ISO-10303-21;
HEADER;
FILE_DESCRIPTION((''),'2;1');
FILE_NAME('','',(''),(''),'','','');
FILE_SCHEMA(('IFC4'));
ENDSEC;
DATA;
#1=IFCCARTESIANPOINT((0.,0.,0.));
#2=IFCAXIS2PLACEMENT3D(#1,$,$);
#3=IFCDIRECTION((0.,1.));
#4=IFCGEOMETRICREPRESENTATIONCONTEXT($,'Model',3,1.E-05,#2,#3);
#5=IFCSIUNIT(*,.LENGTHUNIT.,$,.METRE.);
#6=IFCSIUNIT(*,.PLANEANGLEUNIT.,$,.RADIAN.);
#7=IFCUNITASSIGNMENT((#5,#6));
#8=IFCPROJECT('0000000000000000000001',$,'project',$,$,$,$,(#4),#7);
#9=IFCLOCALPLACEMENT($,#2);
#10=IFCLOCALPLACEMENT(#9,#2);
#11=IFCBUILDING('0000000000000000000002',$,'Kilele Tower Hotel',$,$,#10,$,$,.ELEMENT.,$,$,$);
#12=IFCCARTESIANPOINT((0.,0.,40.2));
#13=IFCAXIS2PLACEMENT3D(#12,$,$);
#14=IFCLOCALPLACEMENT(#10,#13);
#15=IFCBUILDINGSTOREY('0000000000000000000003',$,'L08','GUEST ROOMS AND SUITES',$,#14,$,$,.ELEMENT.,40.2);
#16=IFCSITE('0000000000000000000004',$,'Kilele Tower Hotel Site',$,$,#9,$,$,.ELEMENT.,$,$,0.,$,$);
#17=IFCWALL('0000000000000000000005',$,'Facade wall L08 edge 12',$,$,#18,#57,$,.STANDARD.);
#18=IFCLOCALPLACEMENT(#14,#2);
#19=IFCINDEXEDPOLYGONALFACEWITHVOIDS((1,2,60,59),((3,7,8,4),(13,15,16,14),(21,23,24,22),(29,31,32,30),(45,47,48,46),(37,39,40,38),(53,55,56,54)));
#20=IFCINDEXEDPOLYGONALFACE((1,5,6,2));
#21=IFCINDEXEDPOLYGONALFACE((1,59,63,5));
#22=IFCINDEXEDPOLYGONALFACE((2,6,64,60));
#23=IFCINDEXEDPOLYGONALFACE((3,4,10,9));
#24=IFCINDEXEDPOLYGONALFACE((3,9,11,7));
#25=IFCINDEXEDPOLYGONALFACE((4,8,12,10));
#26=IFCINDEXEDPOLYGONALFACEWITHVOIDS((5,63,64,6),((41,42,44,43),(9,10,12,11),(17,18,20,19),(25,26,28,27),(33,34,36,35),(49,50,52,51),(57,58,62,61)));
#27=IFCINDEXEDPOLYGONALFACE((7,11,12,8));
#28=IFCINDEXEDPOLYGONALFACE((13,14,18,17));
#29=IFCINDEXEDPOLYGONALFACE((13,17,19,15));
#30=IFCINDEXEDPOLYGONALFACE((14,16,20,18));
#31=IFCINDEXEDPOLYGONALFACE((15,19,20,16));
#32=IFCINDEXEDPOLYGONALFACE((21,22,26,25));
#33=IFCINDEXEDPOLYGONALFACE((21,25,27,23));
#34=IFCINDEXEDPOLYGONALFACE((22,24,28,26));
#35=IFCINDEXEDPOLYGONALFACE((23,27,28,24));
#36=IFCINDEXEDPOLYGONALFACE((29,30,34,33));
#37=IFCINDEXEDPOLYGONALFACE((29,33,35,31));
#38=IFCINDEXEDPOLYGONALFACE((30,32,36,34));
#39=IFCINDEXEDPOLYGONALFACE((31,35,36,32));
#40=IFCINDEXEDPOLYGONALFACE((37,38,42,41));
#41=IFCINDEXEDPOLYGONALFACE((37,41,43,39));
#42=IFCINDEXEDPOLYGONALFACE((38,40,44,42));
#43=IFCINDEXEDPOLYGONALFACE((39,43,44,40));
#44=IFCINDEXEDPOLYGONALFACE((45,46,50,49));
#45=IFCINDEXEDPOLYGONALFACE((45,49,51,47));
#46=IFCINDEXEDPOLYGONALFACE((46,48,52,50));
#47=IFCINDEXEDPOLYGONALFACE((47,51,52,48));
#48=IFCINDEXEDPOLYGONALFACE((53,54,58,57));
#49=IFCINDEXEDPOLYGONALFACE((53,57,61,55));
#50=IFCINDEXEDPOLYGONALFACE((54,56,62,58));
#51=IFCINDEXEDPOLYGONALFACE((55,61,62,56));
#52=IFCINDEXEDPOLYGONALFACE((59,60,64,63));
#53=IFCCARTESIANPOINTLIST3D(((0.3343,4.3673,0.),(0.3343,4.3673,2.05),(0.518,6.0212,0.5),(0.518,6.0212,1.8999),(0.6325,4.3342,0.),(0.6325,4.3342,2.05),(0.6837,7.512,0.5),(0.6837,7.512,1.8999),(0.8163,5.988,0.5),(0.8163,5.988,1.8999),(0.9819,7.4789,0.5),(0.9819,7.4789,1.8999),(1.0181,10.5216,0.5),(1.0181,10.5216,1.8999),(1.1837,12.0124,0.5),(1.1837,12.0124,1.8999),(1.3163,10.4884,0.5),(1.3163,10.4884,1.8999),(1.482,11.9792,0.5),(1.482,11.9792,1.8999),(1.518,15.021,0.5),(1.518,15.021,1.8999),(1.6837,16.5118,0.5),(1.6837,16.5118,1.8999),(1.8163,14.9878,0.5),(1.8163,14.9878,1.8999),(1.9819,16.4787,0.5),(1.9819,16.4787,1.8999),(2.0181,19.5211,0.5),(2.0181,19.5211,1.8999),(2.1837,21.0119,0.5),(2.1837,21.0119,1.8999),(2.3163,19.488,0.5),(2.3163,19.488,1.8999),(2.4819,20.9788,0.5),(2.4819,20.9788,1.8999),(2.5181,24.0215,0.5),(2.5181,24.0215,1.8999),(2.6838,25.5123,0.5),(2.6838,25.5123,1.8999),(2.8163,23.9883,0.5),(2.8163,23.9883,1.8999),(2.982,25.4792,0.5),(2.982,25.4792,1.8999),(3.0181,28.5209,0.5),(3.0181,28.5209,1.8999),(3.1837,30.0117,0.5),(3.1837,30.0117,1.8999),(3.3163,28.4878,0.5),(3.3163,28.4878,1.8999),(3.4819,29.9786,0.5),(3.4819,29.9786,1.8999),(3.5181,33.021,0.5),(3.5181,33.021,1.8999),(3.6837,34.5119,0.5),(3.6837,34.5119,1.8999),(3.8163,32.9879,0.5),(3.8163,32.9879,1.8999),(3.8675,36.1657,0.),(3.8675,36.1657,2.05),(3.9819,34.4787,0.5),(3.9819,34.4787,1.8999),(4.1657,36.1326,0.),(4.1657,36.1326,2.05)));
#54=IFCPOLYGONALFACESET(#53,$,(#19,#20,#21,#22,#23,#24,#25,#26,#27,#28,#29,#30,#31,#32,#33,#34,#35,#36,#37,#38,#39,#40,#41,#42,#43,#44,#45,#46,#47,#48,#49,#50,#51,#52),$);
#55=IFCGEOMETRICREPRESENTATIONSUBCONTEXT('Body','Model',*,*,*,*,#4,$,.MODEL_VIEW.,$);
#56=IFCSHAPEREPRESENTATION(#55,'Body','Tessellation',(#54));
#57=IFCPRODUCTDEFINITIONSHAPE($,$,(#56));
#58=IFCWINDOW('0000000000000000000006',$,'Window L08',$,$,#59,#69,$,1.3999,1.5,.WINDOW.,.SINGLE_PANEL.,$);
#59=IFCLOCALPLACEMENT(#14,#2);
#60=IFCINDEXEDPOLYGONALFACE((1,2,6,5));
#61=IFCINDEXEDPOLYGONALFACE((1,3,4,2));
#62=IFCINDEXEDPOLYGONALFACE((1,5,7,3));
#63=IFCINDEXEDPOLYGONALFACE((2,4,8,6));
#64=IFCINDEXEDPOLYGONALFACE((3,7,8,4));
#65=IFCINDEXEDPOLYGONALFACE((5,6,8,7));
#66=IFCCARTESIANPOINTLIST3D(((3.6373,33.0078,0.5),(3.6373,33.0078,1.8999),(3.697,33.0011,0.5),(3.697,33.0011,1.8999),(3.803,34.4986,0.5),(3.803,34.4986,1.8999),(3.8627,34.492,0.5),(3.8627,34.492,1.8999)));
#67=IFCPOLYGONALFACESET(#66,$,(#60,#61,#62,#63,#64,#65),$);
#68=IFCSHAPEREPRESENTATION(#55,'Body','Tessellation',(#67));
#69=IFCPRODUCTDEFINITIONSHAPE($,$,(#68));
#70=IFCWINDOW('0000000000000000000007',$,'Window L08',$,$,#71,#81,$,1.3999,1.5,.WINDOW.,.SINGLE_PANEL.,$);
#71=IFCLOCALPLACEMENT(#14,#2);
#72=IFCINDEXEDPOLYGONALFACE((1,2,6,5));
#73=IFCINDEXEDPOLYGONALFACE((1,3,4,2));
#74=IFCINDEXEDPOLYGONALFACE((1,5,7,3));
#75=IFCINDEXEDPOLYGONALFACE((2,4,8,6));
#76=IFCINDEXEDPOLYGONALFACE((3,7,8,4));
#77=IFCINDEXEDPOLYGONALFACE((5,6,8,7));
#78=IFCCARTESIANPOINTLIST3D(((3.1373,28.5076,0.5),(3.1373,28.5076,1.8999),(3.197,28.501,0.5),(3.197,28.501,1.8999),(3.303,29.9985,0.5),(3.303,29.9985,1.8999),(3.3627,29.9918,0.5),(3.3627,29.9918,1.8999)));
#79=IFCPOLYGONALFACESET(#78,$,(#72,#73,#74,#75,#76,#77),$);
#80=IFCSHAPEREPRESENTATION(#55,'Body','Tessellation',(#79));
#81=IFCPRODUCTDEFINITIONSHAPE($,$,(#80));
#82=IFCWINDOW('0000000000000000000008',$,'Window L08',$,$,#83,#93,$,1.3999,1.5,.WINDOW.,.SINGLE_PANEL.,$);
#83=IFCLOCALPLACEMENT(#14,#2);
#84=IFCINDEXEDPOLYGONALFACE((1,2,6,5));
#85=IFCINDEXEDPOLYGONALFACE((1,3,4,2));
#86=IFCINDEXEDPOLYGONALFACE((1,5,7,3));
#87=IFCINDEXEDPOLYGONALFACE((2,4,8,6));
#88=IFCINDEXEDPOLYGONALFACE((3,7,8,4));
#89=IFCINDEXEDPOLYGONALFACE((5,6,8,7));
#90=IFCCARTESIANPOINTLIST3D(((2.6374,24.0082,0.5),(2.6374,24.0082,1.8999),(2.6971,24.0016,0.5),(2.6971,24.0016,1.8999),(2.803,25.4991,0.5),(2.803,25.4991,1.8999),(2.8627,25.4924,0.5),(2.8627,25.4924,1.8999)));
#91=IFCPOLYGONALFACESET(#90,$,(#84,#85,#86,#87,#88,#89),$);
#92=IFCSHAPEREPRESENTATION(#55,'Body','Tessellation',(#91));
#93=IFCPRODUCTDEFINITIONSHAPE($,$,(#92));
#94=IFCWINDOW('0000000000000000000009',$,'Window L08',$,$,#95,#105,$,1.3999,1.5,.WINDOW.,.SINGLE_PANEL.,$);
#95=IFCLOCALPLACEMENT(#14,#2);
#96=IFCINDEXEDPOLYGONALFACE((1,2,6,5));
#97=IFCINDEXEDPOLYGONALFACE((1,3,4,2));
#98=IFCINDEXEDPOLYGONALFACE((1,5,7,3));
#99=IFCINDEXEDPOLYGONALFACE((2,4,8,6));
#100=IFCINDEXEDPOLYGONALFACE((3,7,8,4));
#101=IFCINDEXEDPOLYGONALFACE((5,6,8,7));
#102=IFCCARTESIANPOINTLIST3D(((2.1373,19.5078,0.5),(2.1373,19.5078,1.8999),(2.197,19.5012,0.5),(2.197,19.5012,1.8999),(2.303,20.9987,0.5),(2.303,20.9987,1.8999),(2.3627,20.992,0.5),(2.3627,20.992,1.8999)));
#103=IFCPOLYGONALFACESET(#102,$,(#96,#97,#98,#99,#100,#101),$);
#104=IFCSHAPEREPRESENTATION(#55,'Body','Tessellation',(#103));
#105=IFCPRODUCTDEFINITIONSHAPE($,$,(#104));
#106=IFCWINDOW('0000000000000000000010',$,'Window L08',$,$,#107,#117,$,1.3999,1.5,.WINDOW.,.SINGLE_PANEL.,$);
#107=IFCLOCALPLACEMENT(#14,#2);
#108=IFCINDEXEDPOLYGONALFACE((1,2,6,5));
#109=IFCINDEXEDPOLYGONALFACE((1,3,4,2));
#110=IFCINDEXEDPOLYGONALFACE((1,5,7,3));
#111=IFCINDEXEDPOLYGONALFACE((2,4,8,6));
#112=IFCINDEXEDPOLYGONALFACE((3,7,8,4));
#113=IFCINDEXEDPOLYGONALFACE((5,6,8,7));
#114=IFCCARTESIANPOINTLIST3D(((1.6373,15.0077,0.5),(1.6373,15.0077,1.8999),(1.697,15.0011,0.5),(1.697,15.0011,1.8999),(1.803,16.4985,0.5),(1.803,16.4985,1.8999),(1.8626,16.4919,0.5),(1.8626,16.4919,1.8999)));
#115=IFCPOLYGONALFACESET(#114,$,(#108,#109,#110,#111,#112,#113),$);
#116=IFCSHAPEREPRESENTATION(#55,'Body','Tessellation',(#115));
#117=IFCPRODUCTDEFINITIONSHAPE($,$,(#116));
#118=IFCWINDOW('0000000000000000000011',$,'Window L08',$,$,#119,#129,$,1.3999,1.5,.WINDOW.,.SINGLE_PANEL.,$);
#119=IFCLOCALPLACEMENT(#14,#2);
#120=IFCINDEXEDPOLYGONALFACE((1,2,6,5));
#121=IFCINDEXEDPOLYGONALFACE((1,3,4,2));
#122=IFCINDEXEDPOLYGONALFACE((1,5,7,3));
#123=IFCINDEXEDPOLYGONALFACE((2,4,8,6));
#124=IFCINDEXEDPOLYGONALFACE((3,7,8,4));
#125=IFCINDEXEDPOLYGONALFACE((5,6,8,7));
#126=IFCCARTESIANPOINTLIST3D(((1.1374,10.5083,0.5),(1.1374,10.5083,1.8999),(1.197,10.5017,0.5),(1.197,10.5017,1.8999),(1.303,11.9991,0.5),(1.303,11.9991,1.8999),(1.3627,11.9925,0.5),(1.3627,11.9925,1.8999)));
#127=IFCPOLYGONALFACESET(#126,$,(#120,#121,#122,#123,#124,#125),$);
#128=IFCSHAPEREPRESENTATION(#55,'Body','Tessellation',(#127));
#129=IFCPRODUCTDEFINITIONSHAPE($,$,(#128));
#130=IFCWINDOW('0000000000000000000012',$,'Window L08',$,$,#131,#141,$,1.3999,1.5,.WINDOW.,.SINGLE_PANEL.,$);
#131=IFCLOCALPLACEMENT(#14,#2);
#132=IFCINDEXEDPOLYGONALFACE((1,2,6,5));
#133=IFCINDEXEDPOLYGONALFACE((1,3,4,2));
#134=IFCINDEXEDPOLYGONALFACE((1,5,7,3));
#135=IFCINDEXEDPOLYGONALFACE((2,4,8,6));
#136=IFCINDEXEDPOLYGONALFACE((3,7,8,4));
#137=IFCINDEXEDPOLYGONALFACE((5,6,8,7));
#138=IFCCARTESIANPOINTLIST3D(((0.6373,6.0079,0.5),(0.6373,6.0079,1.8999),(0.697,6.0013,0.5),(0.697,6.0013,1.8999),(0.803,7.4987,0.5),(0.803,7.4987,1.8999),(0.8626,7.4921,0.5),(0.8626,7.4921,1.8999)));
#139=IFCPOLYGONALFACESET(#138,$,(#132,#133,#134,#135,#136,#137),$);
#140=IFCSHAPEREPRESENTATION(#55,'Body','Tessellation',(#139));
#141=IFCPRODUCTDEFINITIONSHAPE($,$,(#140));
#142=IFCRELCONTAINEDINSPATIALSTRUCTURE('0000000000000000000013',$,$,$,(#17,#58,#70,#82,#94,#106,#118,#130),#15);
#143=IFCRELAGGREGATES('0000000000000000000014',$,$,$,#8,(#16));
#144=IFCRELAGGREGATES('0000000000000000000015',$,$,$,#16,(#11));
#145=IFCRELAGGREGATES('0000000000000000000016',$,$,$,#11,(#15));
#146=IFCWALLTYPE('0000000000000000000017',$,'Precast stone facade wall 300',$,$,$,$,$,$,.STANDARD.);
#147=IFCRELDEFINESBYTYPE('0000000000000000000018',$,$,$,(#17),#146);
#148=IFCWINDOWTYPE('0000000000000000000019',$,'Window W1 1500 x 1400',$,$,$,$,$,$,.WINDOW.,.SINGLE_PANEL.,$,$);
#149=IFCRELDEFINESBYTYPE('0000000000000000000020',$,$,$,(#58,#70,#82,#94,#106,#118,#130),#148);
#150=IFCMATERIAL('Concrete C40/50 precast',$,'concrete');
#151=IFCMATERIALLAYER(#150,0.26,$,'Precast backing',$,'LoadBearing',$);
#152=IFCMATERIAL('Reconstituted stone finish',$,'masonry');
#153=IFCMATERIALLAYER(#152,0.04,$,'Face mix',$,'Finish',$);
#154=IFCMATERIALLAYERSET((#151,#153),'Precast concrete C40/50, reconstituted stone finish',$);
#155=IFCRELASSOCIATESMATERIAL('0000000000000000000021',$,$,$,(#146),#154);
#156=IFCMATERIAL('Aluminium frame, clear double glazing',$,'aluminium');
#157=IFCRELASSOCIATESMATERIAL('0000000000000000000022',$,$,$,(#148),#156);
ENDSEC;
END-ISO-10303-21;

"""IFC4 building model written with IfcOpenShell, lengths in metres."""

from ifc_helpers import new_model, si_unit, direction, frame, frame_2d, origin, place, context, subcontext, project, spatial, rectangle, extrude, material, layer, layer_set, type_object, element, fill, save


model = new_model("IFC4")

# Units and contexts
model_context = context("Model", 3, precision=1e-05, world=origin(), true_north=direction((0.0, 1.0)))
body_context = subcontext(model_context, "Body", "Model", "MODEL_VIEW")
ifc_project = project(units=[si_unit("LENGTHUNIT", "METRE"), si_unit("PLANEANGLEUNIT", "RADIAN")], contexts=[model_context])

# Site, building, storey
site_placement = place(None, origin())
site = spatial("IfcSite", under=ifc_project, at=site_placement, Name="Kilele Tower Hotel Site", CompositionType="ELEMENT", RefElevation=0.0)
building_placement = place(site_placement, origin())
building = spatial("IfcBuilding", under=site, at=building_placement, Name="Kilele Tower Hotel", CompositionType="ELEMENT")
storey_placement = place(building_placement, frame((0.0, 0.0, 40.2)))
storey = spatial("IfcBuildingStorey", under=building, at=storey_placement, Name="L08", Description="GUEST ROOMS AND SUITES", CompositionType="ELEMENT", Elevation=40.2)

# Shared definitions
ifc_material_1 = material(Name="Concrete C40/50 precast", Category="concrete")
ifc_layer_1 = layer(ifc_material_1, 0.26, Name="Precast backing", Category="LoadBearing")
ifc_material_2 = material(Name="Reconstituted stone finish", Category="masonry")
ifc_layer_2 = layer(ifc_material_2, 0.04, Name="Face mix", Category="Finish")
ifc_layer_set_1 = layer_set([ifc_layer_1, ifc_layer_2], Name="Precast concrete C40/50, reconstituted stone finish")
wall_type_1 = type_object("IfcWallType", Name="Precast stone facade wall 300", PredefinedType="STANDARD", material=ifc_layer_set_1)
ifc_material_3 = material(Name="Aluminium frame, clear double glazing", Category="aluminium")
window_type_1 = type_object("IfcWindowType", Name="Window W1 1500 x 1400", PartitioningType="SINGLE_PANEL", PredefinedType="WINDOW", material=ifc_material_3)

# Wall, openings, windows
wall_1_placement = place(storey_placement, frame((4.0166, 36.1492, 0.0), z_axis=(0.0, 0.0, 1.0), x_axis=(-0.110433, -0.993884, 0.0)))
wall_1 = element("IfcWall", 1, at=wall_1_placement, inside=storey, type_object=wall_type_1, Name="Facade wall L08 edge 12", PredefinedType="STANDARD", context=body_context, shape_type="SweptSolid", body=[
    extrude(rectangle(XDim=31.9941, YDim=0.3, at=frame_2d((15.9971, 0.0))), origin(), (0.0, 0.0, 1.0), 2.05),
])
opening_1_placement = place(wall_1_placement, frame((1.6641, 0.0, 0.5)))
opening_1 = element("IfcOpeningElement", 2, at=opening_1_placement, cuts=wall_1, PredefinedType="OPENING", context=body_context, shape_type="SweptSolid", body=[
    extrude(rectangle(XDim=1.5, YDim=1.3999, at=frame_2d((0.75, 0.7))), frame((0.0, 0.1599, 0.0), z_axis=(0.0, -1.0, 0.0), x_axis=(1.0, 0.0, 0.0)), (0.0, 0.0, 1.0), 0.3201),
])
opening_2_placement = place(wall_1_placement, frame((6.1919, 0.0, 0.5)))
opening_2 = element("IfcOpeningElement", 3, at=opening_2_placement, cuts=wall_1, PredefinedType="OPENING", context=body_context, shape_type="SweptSolid", body=[
    extrude(rectangle(XDim=1.5, YDim=1.3999, at=frame_2d((0.75, 0.7))), frame((0.0, 0.1599, 0.0), z_axis=(0.0, -1.0, 0.0), x_axis=(1.0, 0.0, 0.0)), (0.0, 0.0, 1.0), 0.3201),
])
opening_3_placement = place(wall_1_placement, frame((10.719, 0.0, 0.5)))
opening_3 = element("IfcOpeningElement", 4, at=opening_3_placement, cuts=wall_1, PredefinedType="OPENING", context=body_context, shape_type="SweptSolid", body=[
    extrude(rectangle(XDim=1.5, YDim=1.3999, at=frame_2d((0.75, 0.7))), frame((0.0, 0.1599, 0.0), z_axis=(0.0, -1.0, 0.0), x_axis=(1.0, 0.0, 0.0)), (0.0, 0.0, 1.0), 0.3201),
])
opening_4_placement = place(wall_1_placement, frame((15.2471, 0.0, 0.5)))
opening_4 = element("IfcOpeningElement", 5, at=opening_4_placement, cuts=wall_1, PredefinedType="OPENING", context=body_context, shape_type="SweptSolid", body=[
    extrude(rectangle(XDim=1.5, YDim=1.3999, at=frame_2d((0.75, 0.7))), frame((0.0, 0.1599, 0.0), z_axis=(0.0, -1.0, 0.0), x_axis=(1.0, 0.0, 0.0)), (0.0, 0.0, 1.0), 0.3201),
])
opening_5_placement = place(wall_1_placement, frame((19.7749, 0.0, 0.5)))
opening_5 = element("IfcOpeningElement", 6, at=opening_5_placement, cuts=wall_1, PredefinedType="OPENING", context=body_context, shape_type="SweptSolid", body=[
    extrude(rectangle(XDim=1.5, YDim=1.3999, at=frame_2d((0.75, 0.7))), frame((0.0, 0.1599, 0.0), z_axis=(0.0, -1.0, 0.0), x_axis=(1.0, 0.0, 0.0)), (0.0, 0.0, 1.0), 0.3201),
])
opening_6_placement = place(wall_1_placement, frame((24.302, 0.0, 0.5)))
opening_6 = element("IfcOpeningElement", 7, at=opening_6_placement, cuts=wall_1, PredefinedType="OPENING", context=body_context, shape_type="SweptSolid", body=[
    extrude(rectangle(XDim=1.5, YDim=1.3999, at=frame_2d((0.75, 0.7))), frame((0.0, 0.1599, 0.0), z_axis=(0.0, -1.0, 0.0), x_axis=(1.0, 0.0, 0.0)), (0.0, 0.0, 1.0), 0.3201),
])
opening_7_placement = place(wall_1_placement, frame((28.8301, 0.0, 0.5)))
opening_7 = element("IfcOpeningElement", 8, at=opening_7_placement, cuts=wall_1, PredefinedType="OPENING", context=body_context, shape_type="SweptSolid", body=[
    extrude(rectangle(XDim=1.5, YDim=1.3999, at=frame_2d((0.75, 0.7))), frame((0.0, 0.1599, 0.0), z_axis=(0.0, -1.0, 0.0), x_axis=(1.0, 0.0, 0.0)), (0.0, 0.0, 1.0), 0.3201),
])
window_1_placement = place(opening_1_placement, origin())
window_1 = element("IfcWindow", 9, at=window_1_placement, inside=storey, type_object=window_type_1, Name="Window L08", OverallHeight=1.3999, OverallWidth=1.5, PartitioningType="SINGLE_PANEL", PredefinedType="WINDOW", context=body_context, shape_type="SweptSolid", body=[
    extrude(rectangle(XDim=1.5, YDim=1.3999, at=frame_2d((0.75, 0.7))), frame((0.0, 0.03, 0.0), z_axis=(0.0, -1.0, 0.0), x_axis=(1.0, 0.0, 0.0)), (0.0, 0.0, 1.0), 0.0601),
])
fill(opening_1, window_1)
window_2_placement = place(opening_2_placement, origin())
window_2 = element("IfcWindow", 10, at=window_2_placement, inside=storey, type_object=window_type_1, Name="Window L08", OverallHeight=1.3999, OverallWidth=1.5, PartitioningType="SINGLE_PANEL", PredefinedType="WINDOW", context=body_context, shape_type="SweptSolid", body=[
    extrude(rectangle(XDim=1.5, YDim=1.3999, at=frame_2d((0.75, 0.7))), frame((0.0, 0.03, 0.0), z_axis=(0.0, -1.0, 0.0), x_axis=(1.0, 0.0, 0.0)), (0.0, 0.0, 1.0), 0.0601),
])
fill(opening_2, window_2)
window_3_placement = place(opening_3_placement, origin())
window_3 = element("IfcWindow", 11, at=window_3_placement, inside=storey, type_object=window_type_1, Name="Window L08", OverallHeight=1.3999, OverallWidth=1.5, PartitioningType="SINGLE_PANEL", PredefinedType="WINDOW", context=body_context, shape_type="SweptSolid", body=[
    extrude(rectangle(XDim=1.5, YDim=1.3999, at=frame_2d((0.75, 0.7))), frame((0.0, 0.03, 0.0), z_axis=(0.0, -1.0, 0.0), x_axis=(1.0, 0.0, 0.0)), (0.0, 0.0, 1.0), 0.0601),
])
fill(opening_3, window_3)
window_4_placement = place(opening_4_placement, origin())
window_4 = element("IfcWindow", 12, at=window_4_placement, inside=storey, type_object=window_type_1, Name="Window L08", OverallHeight=1.3999, OverallWidth=1.5, PartitioningType="SINGLE_PANEL", PredefinedType="WINDOW", context=body_context, shape_type="SweptSolid", body=[
    extrude(rectangle(XDim=1.5, YDim=1.3999, at=frame_2d((0.75, 0.7))), frame((0.0, 0.03, 0.0), z_axis=(0.0, -1.0, 0.0), x_axis=(1.0, 0.0, 0.0)), (0.0, 0.0, 1.0), 0.0601),
])
fill(opening_4, window_4)
window_5_placement = place(opening_5_placement, origin())
window_5 = element("IfcWindow", 13, at=window_5_placement, inside=storey, type_object=window_type_1, Name="Window L08", OverallHeight=1.3999, OverallWidth=1.5, PartitioningType="SINGLE_PANEL", PredefinedType="WINDOW", context=body_context, shape_type="SweptSolid", body=[
    extrude(rectangle(XDim=1.5, YDim=1.3999, at=frame_2d((0.75, 0.7))), frame((0.0, 0.03, 0.0), z_axis=(0.0, -1.0, 0.0), x_axis=(1.0, 0.0, 0.0)), (0.0, 0.0, 1.0), 0.0601),
])
fill(opening_5, window_5)
window_6_placement = place(opening_6_placement, origin())
window_6 = element("IfcWindow", 14, at=window_6_placement, inside=storey, type_object=window_type_1, Name="Window L08", OverallHeight=1.3999, OverallWidth=1.5, PartitioningType="SINGLE_PANEL", PredefinedType="WINDOW", context=body_context, shape_type="SweptSolid", body=[
    extrude(rectangle(XDim=1.5, YDim=1.3999, at=frame_2d((0.75, 0.7))), frame((0.0, 0.03, 0.0), z_axis=(0.0, -1.0, 0.0), x_axis=(1.0, 0.0, 0.0)), (0.0, 0.0, 1.0), 0.0601),
])
fill(opening_6, window_6)
window_7_placement = place(opening_7_placement, origin())
window_7 = element("IfcWindow", 15, at=window_7_placement, inside=storey, type_object=window_type_1, Name="Window L08", OverallHeight=1.3999, OverallWidth=1.5, PartitioningType="SINGLE_PANEL", PredefinedType="WINDOW", context=body_context, shape_type="SweptSolid", body=[
    extrude(rectangle(XDim=1.5, YDim=1.3999, at=frame_2d((0.75, 0.7))), frame((0.0, 0.03, 0.0), z_axis=(0.0, -1.0, 0.0), x_axis=(1.0, 0.0, 0.0)), (0.0, 0.0, 1.0), 0.0601),
])
fill(opening_7, window_7)

save(model, "model.ifc")
